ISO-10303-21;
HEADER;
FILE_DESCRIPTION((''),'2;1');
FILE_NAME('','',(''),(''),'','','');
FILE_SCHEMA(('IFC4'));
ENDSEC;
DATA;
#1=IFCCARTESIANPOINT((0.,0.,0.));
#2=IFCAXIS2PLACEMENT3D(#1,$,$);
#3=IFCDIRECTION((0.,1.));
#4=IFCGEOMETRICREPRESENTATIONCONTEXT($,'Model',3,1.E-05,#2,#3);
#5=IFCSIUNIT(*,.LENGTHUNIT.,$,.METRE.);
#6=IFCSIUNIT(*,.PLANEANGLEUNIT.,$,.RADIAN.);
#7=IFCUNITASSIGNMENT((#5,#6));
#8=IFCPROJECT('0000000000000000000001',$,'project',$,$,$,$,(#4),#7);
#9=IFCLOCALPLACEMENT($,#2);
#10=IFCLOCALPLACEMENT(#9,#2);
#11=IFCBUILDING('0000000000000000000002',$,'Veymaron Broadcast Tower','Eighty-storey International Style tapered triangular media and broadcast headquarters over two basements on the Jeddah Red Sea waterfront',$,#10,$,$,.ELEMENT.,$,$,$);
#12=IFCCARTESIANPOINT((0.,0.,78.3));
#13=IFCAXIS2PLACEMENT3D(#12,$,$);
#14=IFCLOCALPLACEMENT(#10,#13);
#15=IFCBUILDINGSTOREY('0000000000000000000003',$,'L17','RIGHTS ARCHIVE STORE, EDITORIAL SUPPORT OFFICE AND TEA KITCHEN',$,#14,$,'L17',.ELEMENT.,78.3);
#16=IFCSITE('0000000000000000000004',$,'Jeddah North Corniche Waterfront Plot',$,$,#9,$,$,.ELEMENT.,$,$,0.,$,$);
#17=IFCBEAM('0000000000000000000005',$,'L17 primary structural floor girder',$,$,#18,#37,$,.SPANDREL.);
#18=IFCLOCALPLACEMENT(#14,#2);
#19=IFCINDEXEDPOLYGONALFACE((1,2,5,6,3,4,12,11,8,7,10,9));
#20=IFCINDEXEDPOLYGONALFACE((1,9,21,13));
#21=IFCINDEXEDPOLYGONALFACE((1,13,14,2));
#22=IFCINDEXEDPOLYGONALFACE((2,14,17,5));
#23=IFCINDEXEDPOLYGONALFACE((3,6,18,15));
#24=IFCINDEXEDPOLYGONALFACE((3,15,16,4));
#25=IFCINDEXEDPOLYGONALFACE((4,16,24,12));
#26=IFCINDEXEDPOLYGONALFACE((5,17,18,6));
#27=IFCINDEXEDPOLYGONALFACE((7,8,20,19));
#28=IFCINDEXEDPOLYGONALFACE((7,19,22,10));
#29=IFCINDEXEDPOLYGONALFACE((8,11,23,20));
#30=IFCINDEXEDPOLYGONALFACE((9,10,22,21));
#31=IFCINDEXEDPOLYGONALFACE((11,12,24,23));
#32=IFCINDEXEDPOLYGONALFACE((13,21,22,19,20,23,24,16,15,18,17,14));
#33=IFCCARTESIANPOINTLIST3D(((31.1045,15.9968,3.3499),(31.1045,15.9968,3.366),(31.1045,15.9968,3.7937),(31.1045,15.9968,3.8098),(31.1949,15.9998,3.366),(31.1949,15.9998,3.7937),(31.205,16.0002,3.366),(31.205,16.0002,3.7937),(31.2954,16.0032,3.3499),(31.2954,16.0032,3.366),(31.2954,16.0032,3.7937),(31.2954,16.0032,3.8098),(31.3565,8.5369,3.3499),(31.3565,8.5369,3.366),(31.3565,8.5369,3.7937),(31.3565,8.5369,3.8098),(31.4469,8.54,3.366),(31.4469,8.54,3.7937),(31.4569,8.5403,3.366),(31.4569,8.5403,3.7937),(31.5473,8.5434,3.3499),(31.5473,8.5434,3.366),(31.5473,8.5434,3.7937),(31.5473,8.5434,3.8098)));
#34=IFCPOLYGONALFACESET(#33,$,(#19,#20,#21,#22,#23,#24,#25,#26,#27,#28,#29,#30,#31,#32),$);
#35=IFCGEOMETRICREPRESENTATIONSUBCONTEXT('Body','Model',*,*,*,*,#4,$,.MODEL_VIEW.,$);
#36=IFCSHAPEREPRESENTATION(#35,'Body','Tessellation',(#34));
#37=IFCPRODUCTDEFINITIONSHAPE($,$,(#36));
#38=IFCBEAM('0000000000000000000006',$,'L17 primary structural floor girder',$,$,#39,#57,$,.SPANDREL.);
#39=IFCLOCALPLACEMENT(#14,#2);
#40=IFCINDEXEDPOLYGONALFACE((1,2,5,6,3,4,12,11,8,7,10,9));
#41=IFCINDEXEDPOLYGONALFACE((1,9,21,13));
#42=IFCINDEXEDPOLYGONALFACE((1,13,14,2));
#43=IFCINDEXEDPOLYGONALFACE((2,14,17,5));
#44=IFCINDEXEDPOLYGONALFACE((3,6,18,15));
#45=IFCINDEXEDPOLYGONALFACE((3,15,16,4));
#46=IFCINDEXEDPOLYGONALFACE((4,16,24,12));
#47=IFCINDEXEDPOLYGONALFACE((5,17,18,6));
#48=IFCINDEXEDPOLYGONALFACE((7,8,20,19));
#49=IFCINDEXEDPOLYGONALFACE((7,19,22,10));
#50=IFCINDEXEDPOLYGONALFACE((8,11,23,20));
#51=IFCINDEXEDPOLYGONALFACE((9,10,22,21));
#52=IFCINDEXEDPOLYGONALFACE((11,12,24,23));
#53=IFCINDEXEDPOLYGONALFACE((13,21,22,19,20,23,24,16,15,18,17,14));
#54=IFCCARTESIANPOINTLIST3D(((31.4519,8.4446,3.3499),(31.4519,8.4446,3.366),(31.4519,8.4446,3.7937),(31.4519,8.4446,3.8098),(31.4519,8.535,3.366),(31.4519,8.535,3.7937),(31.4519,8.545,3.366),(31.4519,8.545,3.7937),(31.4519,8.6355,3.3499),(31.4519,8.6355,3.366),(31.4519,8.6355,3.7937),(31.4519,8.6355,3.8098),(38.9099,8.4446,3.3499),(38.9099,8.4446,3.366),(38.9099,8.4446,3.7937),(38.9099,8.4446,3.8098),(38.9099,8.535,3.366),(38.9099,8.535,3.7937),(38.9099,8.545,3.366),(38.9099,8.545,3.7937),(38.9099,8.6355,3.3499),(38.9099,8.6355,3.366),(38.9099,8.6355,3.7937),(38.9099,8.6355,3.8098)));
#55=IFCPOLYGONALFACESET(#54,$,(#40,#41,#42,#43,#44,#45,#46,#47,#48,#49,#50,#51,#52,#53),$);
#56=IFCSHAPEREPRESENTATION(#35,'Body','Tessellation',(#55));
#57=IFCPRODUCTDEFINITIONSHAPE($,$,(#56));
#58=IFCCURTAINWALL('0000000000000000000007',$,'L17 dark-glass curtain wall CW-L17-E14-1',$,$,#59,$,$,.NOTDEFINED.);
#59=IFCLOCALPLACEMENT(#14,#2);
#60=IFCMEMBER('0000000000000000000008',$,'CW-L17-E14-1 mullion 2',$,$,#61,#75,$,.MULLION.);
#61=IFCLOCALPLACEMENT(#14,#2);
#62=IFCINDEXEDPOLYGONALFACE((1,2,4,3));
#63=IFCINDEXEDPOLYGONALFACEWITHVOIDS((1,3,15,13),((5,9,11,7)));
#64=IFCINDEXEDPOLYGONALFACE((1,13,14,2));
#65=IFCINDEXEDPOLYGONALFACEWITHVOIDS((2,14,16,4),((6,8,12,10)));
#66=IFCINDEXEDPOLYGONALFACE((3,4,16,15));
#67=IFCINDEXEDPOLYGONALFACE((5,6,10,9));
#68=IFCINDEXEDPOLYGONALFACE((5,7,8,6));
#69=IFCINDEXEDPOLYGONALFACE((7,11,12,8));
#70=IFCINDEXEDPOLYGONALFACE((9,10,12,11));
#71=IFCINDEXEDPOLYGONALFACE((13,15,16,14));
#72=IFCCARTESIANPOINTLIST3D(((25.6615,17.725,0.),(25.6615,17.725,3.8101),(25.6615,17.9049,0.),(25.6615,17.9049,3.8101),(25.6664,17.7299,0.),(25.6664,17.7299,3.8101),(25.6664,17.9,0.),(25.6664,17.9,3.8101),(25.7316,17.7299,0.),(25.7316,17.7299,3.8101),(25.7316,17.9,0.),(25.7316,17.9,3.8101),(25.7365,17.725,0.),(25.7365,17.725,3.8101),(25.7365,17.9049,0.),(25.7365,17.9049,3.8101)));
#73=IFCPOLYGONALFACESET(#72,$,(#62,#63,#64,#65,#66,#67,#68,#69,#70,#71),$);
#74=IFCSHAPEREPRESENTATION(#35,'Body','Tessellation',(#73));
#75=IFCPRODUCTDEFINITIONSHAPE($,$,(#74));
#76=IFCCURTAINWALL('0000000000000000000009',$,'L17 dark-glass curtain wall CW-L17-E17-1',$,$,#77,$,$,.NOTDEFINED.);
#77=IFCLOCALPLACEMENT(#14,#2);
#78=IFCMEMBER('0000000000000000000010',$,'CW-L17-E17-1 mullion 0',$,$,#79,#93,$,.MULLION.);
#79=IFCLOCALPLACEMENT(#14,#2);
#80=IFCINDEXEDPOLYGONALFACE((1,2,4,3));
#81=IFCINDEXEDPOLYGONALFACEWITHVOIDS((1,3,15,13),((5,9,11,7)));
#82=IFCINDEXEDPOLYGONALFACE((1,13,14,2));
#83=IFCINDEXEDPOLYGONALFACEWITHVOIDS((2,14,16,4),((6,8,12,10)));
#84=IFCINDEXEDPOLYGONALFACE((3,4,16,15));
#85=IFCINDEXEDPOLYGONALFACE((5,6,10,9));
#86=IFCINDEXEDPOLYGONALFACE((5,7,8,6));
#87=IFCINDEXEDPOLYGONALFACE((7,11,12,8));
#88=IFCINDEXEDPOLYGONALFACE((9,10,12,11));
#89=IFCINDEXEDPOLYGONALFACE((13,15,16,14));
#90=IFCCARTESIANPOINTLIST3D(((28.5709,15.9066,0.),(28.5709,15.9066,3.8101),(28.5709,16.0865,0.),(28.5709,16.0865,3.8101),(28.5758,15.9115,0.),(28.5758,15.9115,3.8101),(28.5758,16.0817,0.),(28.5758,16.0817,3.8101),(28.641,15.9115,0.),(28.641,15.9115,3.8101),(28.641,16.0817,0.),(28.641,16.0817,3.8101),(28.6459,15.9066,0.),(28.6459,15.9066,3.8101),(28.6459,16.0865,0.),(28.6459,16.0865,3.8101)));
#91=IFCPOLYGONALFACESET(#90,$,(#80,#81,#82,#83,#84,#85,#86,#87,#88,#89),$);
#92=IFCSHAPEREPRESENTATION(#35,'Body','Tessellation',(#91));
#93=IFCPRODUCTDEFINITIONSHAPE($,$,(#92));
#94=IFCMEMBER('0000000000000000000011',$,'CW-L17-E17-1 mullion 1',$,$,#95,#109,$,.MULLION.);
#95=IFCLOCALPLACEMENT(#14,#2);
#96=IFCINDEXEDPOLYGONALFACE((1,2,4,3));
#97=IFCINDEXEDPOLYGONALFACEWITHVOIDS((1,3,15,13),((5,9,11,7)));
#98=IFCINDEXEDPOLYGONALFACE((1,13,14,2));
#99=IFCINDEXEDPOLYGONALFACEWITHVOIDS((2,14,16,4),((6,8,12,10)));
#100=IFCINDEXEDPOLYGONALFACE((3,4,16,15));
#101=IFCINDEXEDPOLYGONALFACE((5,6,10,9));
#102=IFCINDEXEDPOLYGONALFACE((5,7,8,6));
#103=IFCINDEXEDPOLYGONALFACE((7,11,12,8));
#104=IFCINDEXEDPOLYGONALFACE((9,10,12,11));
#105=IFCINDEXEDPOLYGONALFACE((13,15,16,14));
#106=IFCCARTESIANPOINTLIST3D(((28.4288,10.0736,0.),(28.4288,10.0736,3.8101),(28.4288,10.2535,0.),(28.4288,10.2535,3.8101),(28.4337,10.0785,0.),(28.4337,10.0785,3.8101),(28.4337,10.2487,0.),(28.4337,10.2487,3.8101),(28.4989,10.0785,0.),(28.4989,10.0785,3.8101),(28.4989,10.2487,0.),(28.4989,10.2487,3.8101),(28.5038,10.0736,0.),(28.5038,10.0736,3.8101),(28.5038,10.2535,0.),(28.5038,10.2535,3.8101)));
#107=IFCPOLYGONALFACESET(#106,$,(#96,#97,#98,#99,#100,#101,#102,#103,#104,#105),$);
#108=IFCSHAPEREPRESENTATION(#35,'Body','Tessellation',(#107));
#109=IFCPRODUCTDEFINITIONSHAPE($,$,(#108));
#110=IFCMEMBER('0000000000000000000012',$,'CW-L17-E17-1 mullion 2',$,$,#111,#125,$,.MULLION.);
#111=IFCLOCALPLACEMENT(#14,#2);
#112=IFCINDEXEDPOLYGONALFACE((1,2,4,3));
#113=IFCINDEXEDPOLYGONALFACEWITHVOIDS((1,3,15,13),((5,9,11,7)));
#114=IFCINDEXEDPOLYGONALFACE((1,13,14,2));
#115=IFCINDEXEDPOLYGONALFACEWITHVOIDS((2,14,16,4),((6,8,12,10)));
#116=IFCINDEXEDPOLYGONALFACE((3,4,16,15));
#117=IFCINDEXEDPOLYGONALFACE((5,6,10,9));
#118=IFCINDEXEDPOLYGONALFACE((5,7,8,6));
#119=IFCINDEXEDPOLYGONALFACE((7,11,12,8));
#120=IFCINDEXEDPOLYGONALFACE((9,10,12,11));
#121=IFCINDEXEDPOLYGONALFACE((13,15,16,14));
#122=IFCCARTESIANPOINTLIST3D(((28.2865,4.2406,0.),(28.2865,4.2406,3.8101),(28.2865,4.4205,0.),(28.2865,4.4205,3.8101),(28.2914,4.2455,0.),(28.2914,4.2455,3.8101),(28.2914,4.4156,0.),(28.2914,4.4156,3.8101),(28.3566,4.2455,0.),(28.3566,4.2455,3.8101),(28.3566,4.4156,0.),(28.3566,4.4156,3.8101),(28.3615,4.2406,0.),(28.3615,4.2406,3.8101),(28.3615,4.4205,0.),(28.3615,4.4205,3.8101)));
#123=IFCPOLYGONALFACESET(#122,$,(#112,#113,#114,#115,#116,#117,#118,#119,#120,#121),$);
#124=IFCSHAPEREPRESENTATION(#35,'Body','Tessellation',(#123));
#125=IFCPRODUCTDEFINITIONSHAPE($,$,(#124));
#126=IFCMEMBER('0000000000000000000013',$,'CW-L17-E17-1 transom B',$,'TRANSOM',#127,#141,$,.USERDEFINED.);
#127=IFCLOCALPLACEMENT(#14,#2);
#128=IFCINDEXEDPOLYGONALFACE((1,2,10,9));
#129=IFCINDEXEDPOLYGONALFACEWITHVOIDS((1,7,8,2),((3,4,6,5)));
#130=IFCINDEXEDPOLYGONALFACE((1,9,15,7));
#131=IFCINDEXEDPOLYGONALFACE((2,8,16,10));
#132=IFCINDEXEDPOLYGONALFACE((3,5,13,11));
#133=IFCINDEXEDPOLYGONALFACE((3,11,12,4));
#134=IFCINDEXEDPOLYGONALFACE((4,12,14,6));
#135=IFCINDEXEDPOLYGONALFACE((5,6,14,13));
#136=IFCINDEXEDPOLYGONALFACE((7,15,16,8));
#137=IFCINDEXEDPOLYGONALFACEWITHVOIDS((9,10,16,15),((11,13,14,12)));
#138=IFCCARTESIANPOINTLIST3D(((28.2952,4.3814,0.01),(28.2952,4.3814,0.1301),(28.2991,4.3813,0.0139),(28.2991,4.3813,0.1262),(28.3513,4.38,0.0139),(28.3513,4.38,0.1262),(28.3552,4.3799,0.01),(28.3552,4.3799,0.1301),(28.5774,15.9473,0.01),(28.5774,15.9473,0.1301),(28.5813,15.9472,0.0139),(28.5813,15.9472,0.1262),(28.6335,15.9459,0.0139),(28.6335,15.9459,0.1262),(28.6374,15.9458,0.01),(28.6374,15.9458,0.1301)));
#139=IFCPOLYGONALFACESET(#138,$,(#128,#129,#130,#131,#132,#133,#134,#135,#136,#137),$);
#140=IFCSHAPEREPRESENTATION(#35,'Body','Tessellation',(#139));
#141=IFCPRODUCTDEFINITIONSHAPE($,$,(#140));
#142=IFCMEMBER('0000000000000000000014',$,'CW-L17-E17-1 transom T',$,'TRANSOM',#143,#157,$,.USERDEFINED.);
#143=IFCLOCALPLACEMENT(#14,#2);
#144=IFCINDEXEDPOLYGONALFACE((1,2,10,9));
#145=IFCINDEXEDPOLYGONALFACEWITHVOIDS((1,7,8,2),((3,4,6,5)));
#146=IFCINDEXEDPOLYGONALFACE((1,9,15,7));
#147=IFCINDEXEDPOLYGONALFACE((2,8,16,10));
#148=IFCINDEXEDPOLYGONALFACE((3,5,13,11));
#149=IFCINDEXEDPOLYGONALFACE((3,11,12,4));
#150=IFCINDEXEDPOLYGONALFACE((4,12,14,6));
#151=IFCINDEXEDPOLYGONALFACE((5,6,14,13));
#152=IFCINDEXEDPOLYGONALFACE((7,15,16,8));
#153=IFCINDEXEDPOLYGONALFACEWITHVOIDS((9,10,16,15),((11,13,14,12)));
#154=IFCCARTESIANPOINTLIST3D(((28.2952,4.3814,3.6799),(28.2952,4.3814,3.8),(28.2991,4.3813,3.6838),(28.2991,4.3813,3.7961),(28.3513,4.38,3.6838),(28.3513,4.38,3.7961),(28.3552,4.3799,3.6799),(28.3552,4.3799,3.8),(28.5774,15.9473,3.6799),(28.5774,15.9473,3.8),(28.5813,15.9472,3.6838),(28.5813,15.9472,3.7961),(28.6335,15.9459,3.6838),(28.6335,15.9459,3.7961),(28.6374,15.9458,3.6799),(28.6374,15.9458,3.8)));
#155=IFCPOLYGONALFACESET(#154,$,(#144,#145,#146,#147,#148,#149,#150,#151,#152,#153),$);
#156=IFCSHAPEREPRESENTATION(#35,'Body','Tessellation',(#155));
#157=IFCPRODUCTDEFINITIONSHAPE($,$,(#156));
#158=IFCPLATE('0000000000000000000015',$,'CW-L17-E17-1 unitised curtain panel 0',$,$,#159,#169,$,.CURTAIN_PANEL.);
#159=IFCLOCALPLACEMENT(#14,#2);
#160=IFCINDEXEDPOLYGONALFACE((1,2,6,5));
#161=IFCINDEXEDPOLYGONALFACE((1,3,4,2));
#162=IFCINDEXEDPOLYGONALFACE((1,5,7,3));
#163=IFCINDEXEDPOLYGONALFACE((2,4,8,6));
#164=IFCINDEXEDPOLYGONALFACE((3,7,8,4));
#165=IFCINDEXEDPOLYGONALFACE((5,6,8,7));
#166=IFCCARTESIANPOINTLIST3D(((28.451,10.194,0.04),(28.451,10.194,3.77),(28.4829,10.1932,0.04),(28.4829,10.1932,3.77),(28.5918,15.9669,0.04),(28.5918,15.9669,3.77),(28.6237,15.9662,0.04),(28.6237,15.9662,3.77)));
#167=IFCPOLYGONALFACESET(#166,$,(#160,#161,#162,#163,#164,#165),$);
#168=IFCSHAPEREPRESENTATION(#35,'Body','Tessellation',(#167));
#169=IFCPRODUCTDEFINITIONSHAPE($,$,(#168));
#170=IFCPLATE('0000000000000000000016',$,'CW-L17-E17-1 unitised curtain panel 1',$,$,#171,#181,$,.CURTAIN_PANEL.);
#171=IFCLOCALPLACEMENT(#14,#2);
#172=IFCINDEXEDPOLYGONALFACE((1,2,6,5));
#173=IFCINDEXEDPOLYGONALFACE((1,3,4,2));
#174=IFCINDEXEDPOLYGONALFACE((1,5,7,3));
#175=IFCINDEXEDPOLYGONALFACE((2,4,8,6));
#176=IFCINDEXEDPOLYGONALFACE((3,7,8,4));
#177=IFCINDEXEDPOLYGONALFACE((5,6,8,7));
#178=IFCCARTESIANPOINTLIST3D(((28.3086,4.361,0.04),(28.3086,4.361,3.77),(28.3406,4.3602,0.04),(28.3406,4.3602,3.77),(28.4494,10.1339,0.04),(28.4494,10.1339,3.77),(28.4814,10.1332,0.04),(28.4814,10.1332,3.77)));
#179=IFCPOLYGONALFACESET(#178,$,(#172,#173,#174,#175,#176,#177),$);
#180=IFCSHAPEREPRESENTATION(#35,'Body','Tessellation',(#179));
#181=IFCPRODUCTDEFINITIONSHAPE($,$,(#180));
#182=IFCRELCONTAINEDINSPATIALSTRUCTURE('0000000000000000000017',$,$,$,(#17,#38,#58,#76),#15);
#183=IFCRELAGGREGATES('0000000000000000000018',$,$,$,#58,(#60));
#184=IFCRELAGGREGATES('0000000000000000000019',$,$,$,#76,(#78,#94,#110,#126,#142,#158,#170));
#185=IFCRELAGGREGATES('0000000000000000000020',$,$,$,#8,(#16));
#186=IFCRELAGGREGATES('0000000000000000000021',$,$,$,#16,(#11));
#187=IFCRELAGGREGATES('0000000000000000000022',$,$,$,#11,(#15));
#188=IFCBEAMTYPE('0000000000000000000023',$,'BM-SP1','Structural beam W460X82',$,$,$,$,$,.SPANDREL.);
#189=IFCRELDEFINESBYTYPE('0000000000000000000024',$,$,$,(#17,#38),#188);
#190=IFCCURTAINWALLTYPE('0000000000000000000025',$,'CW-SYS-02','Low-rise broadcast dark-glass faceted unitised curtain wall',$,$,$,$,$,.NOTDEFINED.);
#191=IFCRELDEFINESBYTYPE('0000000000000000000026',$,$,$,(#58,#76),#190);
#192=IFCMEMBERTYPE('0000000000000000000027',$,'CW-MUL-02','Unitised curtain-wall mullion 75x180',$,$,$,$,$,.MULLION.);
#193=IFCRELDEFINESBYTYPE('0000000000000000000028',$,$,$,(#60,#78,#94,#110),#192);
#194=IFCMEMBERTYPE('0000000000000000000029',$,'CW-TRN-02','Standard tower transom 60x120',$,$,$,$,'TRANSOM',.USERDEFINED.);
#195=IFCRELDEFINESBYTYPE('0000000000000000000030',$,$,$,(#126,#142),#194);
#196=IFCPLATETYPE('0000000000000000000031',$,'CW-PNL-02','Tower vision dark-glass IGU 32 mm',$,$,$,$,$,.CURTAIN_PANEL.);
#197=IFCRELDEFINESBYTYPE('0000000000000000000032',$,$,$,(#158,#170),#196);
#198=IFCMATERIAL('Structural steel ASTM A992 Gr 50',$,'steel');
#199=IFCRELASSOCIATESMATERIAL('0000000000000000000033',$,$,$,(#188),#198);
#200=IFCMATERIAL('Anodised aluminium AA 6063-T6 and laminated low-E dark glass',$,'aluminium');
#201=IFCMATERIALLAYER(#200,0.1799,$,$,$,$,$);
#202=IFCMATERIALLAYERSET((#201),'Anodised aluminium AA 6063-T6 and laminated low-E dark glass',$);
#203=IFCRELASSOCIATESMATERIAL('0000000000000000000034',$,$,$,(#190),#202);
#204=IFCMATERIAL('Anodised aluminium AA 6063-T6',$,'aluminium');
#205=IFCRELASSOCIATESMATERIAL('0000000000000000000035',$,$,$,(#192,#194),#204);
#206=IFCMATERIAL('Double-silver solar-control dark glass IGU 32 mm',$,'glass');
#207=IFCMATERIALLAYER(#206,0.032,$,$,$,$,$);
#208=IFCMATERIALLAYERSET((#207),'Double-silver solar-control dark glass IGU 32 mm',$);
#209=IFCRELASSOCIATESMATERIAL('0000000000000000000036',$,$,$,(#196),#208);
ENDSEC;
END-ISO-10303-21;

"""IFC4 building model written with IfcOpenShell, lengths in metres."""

from ifc_helpers import new_model, si_unit, direction, frame, origin, origin_2d, place, context, subcontext, project, spatial, rectangle, hollow_rectangle, i_section, extrude, material, layer, layer_set, material_profile, profile_set, type_object, element, aggregate, save


model = new_model("IFC4")

# Units and contexts
model_context = context("Model", 3, precision=1e-05, world=origin(), true_north=direction((0.0, 1.0)))
body_context = subcontext(model_context, "Body", "Model", "MODEL_VIEW")
ifc_project = project(units=[si_unit("LENGTHUNIT", "METRE"), si_unit("PLANEANGLEUNIT", "RADIAN")], contexts=[model_context])

# Site, building, storey
site_placement = place(None, origin())
site = spatial("IfcSite", under=ifc_project, at=site_placement, Name="Jeddah North Corniche Waterfront Plot", CompositionType="ELEMENT", RefElevation=0.0)
building_placement = place(site_placement, origin())
building = spatial("IfcBuilding", under=site, at=building_placement, Name="Veymaron Broadcast Tower", Description="Eighty-storey International Style tapered triangular media and broadcast headquarters over two basements on the Jeddah Red Sea waterfront", CompositionType="ELEMENT")
storey_placement = place(building_placement, frame((0.0, 0.0, 78.3)))
storey = spatial("IfcBuildingStorey", under=building, at=storey_placement, Name="L17", Description="RIGHTS ARCHIVE STORE, EDITORIAL SUPPORT OFFICE AND TEA KITCHEN", LongName="L17", CompositionType="ELEMENT", Elevation=78.3)

# Beams
ifc_material_1 = material(Name="Structural steel ASTM A992 Gr 50", Category="steel")
ifc_material_profile_1 = material_profile(ifc_material_1, i_section(OverallWidth=0.1909, OverallDepth=0.46, WebThickness=0.01, FlangeThickness=0.0161, at=origin_2d()), Name="W460X82")
ifc_profile_set_1 = profile_set([ifc_material_profile_1], Name="Structural steel ASTM A992 Gr 50")
beam_type_1 = type_object("IfcBeamType", Name="BM-SP1", Description="Structural beam W460X82", PredefinedType="SPANDREL", material=ifc_profile_set_1)
beam_1_placement = place(storey_placement, frame((31.2, 16.0, 3.5798), z_axis=(0.033755, -0.99943, 0.0), x_axis=(0.99943, 0.033755, 0.0)))
element("IfcBeam", 1, at=beam_1_placement, inside=storey, type_object=beam_type_1, Name="L17 primary structural floor girder", PredefinedType="SPANDREL", context=body_context, shape_type="SweptSolid", body=[
    extrude(i_section(OverallWidth=0.1909, OverallDepth=0.46, WebThickness=0.01, FlangeThickness=0.0161, at=origin_2d()), origin(), (0.0, 0.0, 1.0), 7.4641),
])
beam_2_placement = place(storey_placement, frame((31.4519, 8.54, 3.5798), z_axis=(1.0, 0.0, 0.0), x_axis=(0.0, 1.0, 0.0)))
element("IfcBeam", 2, at=beam_2_placement, inside=storey, type_object=beam_type_1, Name="L17 primary structural floor girder", PredefinedType="SPANDREL", context=body_context, shape_type="SweptSolid", body=[
    extrude(i_section(OverallWidth=0.1909, OverallDepth=0.46, WebThickness=0.01, FlangeThickness=0.0161, at=origin_2d()), origin(), (0.0, 0.0, 1.0), 7.458),
])

# Curtain wall, member
ifc_material_2 = material(Name="Anodised aluminium AA 6063-T6 and laminated low-E dark glass", Category="aluminium")
ifc_layer_1 = layer(ifc_material_2, 0.1799)
ifc_layer_set_1 = layer_set([ifc_layer_1], Name="Anodised aluminium AA 6063-T6 and laminated low-E dark glass")
curtain_wall_type = type_object("IfcCurtainWallType", Name="CW-SYS-02", Description="Low-rise broadcast dark-glass faceted unitised curtain wall", PredefinedType="NOTDEFINED", material=ifc_layer_set_1)
curtain_wall_1_placement = place(storey_placement, origin())
curtain_wall_1 = element("IfcCurtainWall", 3, at=curtain_wall_1_placement, inside=storey, type_object=curtain_wall_type, Name="L17 dark-glass curtain wall CW-L17-E14-1", PredefinedType="NOTDEFINED")
ifc_material_3 = material(Name="Anodised aluminium AA 6063-T6", Category="aluminium")
ifc_material_profile_2 = material_profile(ifc_material_3, hollow_rectangle(XDim=0.075, YDim=0.1799, WallThickness=0.0049, at=origin_2d()), Name="AL180X75X5")
ifc_profile_set_2 = profile_set([ifc_material_profile_2], Name="Anodised aluminium AA 6063-T6")
member_type_1 = type_object("IfcMemberType", Name="CW-MUL-02", Description="Unitised curtain-wall mullion 75x180", PredefinedType="MULLION", material=ifc_profile_set_2)
member_1_placement = place(storey_placement, frame((25.699, 17.8149, 0.0), z_axis=(0.0, 0.0, 1.0), x_axis=(1.0, 0.0, 0.0)))
member_1 = element("IfcMember", 4, at=member_1_placement, type_object=member_type_1, Name="CW-L17-E14-1 mullion 2", PredefinedType="MULLION", context=body_context, shape_type="SweptSolid", body=[
    extrude(hollow_rectangle(XDim=0.075, YDim=0.1799, WallThickness=0.0049, at=origin_2d()), origin(), (0.0, 0.0, 1.0), 3.8101),
])
aggregate(curtain_wall_1, [member_1])

# Curtain wall, members, plates
curtain_wall_2_placement = place(storey_placement, origin())
curtain_wall_2 = element("IfcCurtainWall", 5, at=curtain_wall_2_placement, inside=storey, type_object=curtain_wall_type, Name="L17 dark-glass curtain wall CW-L17-E17-1", PredefinedType="NOTDEFINED")
member_2_placement = place(storey_placement, frame((28.6084, 15.9966, 0.0), z_axis=(0.0, 0.0, 1.0), x_axis=(1.0, 0.0, 0.0)))
member_2 = element("IfcMember", 6, at=member_2_placement, type_object=member_type_1, Name="CW-L17-E17-1 mullion 0", PredefinedType="MULLION", context=body_context, shape_type="SweptSolid", body=[
    extrude(hollow_rectangle(XDim=0.075, YDim=0.1799, WallThickness=0.0049, at=origin_2d()), origin(), (0.0, 0.0, 1.0), 3.8101),
])
member_3_placement = place(storey_placement, frame((28.4663, 10.1636, 0.0), z_axis=(0.0, 0.0, 1.0), x_axis=(1.0, 0.0, 0.0)))
member_3 = element("IfcMember", 7, at=member_3_placement, type_object=member_type_1, Name="CW-L17-E17-1 mullion 1", PredefinedType="MULLION", context=body_context, shape_type="SweptSolid", body=[
    extrude(hollow_rectangle(XDim=0.075, YDim=0.1799, WallThickness=0.0049, at=origin_2d()), origin(), (0.0, 0.0, 1.0), 3.8101),
])
member_4_placement = place(storey_placement, frame((28.324, 4.3306, 0.0), z_axis=(0.0, 0.0, 1.0), x_axis=(1.0, 0.0, 0.0)))
member_4 = element("IfcMember", 8, at=member_4_placement, type_object=member_type_1, Name="CW-L17-E17-1 mullion 2", PredefinedType="MULLION", context=body_context, shape_type="SweptSolid", body=[
    extrude(hollow_rectangle(XDim=0.075, YDim=0.1799, WallThickness=0.0049, at=origin_2d()), origin(), (0.0, 0.0, 1.0), 3.8101),
])
ifc_material_profile_3 = material_profile(ifc_material_3, hollow_rectangle(XDim=0.0601, YDim=0.1201, WallThickness=0.0039, at=origin_2d()), Name="AL120X60X4")
ifc_profile_set_3 = profile_set([ifc_material_profile_3], Name="Anodised aluminium AA 6063-T6")
member_type_2 = type_object("IfcMemberType", Name="CW-TRN-02", Description="Standard tower transom 60x120", ElementType="TRANSOM", PredefinedType="USERDEFINED", material=ifc_profile_set_3)
member_5_placement = place(storey_placement, frame((28.6074, 15.9465, 0.0701), z_axis=(-0.024394, -0.999702, 0.0), x_axis=(0.999702, -0.024394, 0.0)))
member_5 = element("IfcMember", 9, at=member_5_placement, type_object=member_type_2, Name="CW-L17-E17-1 transom B", ObjectType="TRANSOM", PredefinedType="USERDEFINED", context=body_context, shape_type="SweptSolid", body=[
    extrude(hollow_rectangle(XDim=0.0601, YDim=0.1201, WallThickness=0.0039, at=origin_2d()), origin(), (0.0, 0.0, 1.0), 11.5693),
])
member_6_placement = place(storey_placement, frame((28.6074, 15.9465, 3.74), z_axis=(-0.024394, -0.999702, 0.0), x_axis=(0.999702, -0.024394, 0.0)))
member_6 = element("IfcMember", 10, at=member_6_placement, type_object=member_type_2, Name="CW-L17-E17-1 transom T", ObjectType="TRANSOM", PredefinedType="USERDEFINED", context=body_context, shape_type="SweptSolid", body=[
    extrude(hollow_rectangle(XDim=0.0601, YDim=0.1201, WallThickness=0.0039, at=origin_2d()), origin(), (0.0, 0.0, 1.0), 11.5693),
])
ifc_material_4 = material(Name="Double-silver solar-control dark glass IGU 32 mm", Category="glass")
ifc_layer_2 = layer(ifc_material_4, 0.032)
ifc_layer_set_2 = layer_set([ifc_layer_2], Name="Double-silver solar-control dark glass IGU 32 mm")
plate_type = type_object("IfcPlateType", Name="CW-PNL-02", Description="Tower vision dark-glass IGU 32 mm", PredefinedType="CURTAIN_PANEL", material=ifc_layer_set_2)
plate_1_placement = place(storey_placement, frame((28.5374, 13.0801, 0.04), z_axis=(0.0, 0.0, 1.0), x_axis=(-0.02438, -0.999703, 0.0)))
plate_1 = element("IfcPlate", 11, at=plate_1_placement, type_object=plate_type, Name="CW-L17-E17-1 unitised curtain panel 0", PredefinedType="CURTAIN_PANEL", context=body_context, shape_type="SweptSolid", body=[
    extrude(rectangle(XDim=5.7747, YDim=0.032, at=origin_2d()), origin(), (0.0, 0.0, 1.0), 3.73),
])
plate_2_placement = place(storey_placement, frame((28.395, 7.2471, 0.04), z_axis=(0.0, 0.0, 1.0), x_axis=(-0.02438, -0.999703, 0.0)))
plate_2 = element("IfcPlate", 12, at=plate_2_placement, type_object=plate_type, Name="CW-L17-E17-1 unitised curtain panel 1", PredefinedType="CURTAIN_PANEL", context=body_context, shape_type="SweptSolid", body=[
    extrude(rectangle(XDim=5.7747, YDim=0.032, at=origin_2d()), origin(), (0.0, 0.0, 1.0), 3.73),
])
aggregate(curtain_wall_2, [member_2, member_3, member_4, member_5, member_6, plate_1, plate_2])

save(model, "model.ifc")
